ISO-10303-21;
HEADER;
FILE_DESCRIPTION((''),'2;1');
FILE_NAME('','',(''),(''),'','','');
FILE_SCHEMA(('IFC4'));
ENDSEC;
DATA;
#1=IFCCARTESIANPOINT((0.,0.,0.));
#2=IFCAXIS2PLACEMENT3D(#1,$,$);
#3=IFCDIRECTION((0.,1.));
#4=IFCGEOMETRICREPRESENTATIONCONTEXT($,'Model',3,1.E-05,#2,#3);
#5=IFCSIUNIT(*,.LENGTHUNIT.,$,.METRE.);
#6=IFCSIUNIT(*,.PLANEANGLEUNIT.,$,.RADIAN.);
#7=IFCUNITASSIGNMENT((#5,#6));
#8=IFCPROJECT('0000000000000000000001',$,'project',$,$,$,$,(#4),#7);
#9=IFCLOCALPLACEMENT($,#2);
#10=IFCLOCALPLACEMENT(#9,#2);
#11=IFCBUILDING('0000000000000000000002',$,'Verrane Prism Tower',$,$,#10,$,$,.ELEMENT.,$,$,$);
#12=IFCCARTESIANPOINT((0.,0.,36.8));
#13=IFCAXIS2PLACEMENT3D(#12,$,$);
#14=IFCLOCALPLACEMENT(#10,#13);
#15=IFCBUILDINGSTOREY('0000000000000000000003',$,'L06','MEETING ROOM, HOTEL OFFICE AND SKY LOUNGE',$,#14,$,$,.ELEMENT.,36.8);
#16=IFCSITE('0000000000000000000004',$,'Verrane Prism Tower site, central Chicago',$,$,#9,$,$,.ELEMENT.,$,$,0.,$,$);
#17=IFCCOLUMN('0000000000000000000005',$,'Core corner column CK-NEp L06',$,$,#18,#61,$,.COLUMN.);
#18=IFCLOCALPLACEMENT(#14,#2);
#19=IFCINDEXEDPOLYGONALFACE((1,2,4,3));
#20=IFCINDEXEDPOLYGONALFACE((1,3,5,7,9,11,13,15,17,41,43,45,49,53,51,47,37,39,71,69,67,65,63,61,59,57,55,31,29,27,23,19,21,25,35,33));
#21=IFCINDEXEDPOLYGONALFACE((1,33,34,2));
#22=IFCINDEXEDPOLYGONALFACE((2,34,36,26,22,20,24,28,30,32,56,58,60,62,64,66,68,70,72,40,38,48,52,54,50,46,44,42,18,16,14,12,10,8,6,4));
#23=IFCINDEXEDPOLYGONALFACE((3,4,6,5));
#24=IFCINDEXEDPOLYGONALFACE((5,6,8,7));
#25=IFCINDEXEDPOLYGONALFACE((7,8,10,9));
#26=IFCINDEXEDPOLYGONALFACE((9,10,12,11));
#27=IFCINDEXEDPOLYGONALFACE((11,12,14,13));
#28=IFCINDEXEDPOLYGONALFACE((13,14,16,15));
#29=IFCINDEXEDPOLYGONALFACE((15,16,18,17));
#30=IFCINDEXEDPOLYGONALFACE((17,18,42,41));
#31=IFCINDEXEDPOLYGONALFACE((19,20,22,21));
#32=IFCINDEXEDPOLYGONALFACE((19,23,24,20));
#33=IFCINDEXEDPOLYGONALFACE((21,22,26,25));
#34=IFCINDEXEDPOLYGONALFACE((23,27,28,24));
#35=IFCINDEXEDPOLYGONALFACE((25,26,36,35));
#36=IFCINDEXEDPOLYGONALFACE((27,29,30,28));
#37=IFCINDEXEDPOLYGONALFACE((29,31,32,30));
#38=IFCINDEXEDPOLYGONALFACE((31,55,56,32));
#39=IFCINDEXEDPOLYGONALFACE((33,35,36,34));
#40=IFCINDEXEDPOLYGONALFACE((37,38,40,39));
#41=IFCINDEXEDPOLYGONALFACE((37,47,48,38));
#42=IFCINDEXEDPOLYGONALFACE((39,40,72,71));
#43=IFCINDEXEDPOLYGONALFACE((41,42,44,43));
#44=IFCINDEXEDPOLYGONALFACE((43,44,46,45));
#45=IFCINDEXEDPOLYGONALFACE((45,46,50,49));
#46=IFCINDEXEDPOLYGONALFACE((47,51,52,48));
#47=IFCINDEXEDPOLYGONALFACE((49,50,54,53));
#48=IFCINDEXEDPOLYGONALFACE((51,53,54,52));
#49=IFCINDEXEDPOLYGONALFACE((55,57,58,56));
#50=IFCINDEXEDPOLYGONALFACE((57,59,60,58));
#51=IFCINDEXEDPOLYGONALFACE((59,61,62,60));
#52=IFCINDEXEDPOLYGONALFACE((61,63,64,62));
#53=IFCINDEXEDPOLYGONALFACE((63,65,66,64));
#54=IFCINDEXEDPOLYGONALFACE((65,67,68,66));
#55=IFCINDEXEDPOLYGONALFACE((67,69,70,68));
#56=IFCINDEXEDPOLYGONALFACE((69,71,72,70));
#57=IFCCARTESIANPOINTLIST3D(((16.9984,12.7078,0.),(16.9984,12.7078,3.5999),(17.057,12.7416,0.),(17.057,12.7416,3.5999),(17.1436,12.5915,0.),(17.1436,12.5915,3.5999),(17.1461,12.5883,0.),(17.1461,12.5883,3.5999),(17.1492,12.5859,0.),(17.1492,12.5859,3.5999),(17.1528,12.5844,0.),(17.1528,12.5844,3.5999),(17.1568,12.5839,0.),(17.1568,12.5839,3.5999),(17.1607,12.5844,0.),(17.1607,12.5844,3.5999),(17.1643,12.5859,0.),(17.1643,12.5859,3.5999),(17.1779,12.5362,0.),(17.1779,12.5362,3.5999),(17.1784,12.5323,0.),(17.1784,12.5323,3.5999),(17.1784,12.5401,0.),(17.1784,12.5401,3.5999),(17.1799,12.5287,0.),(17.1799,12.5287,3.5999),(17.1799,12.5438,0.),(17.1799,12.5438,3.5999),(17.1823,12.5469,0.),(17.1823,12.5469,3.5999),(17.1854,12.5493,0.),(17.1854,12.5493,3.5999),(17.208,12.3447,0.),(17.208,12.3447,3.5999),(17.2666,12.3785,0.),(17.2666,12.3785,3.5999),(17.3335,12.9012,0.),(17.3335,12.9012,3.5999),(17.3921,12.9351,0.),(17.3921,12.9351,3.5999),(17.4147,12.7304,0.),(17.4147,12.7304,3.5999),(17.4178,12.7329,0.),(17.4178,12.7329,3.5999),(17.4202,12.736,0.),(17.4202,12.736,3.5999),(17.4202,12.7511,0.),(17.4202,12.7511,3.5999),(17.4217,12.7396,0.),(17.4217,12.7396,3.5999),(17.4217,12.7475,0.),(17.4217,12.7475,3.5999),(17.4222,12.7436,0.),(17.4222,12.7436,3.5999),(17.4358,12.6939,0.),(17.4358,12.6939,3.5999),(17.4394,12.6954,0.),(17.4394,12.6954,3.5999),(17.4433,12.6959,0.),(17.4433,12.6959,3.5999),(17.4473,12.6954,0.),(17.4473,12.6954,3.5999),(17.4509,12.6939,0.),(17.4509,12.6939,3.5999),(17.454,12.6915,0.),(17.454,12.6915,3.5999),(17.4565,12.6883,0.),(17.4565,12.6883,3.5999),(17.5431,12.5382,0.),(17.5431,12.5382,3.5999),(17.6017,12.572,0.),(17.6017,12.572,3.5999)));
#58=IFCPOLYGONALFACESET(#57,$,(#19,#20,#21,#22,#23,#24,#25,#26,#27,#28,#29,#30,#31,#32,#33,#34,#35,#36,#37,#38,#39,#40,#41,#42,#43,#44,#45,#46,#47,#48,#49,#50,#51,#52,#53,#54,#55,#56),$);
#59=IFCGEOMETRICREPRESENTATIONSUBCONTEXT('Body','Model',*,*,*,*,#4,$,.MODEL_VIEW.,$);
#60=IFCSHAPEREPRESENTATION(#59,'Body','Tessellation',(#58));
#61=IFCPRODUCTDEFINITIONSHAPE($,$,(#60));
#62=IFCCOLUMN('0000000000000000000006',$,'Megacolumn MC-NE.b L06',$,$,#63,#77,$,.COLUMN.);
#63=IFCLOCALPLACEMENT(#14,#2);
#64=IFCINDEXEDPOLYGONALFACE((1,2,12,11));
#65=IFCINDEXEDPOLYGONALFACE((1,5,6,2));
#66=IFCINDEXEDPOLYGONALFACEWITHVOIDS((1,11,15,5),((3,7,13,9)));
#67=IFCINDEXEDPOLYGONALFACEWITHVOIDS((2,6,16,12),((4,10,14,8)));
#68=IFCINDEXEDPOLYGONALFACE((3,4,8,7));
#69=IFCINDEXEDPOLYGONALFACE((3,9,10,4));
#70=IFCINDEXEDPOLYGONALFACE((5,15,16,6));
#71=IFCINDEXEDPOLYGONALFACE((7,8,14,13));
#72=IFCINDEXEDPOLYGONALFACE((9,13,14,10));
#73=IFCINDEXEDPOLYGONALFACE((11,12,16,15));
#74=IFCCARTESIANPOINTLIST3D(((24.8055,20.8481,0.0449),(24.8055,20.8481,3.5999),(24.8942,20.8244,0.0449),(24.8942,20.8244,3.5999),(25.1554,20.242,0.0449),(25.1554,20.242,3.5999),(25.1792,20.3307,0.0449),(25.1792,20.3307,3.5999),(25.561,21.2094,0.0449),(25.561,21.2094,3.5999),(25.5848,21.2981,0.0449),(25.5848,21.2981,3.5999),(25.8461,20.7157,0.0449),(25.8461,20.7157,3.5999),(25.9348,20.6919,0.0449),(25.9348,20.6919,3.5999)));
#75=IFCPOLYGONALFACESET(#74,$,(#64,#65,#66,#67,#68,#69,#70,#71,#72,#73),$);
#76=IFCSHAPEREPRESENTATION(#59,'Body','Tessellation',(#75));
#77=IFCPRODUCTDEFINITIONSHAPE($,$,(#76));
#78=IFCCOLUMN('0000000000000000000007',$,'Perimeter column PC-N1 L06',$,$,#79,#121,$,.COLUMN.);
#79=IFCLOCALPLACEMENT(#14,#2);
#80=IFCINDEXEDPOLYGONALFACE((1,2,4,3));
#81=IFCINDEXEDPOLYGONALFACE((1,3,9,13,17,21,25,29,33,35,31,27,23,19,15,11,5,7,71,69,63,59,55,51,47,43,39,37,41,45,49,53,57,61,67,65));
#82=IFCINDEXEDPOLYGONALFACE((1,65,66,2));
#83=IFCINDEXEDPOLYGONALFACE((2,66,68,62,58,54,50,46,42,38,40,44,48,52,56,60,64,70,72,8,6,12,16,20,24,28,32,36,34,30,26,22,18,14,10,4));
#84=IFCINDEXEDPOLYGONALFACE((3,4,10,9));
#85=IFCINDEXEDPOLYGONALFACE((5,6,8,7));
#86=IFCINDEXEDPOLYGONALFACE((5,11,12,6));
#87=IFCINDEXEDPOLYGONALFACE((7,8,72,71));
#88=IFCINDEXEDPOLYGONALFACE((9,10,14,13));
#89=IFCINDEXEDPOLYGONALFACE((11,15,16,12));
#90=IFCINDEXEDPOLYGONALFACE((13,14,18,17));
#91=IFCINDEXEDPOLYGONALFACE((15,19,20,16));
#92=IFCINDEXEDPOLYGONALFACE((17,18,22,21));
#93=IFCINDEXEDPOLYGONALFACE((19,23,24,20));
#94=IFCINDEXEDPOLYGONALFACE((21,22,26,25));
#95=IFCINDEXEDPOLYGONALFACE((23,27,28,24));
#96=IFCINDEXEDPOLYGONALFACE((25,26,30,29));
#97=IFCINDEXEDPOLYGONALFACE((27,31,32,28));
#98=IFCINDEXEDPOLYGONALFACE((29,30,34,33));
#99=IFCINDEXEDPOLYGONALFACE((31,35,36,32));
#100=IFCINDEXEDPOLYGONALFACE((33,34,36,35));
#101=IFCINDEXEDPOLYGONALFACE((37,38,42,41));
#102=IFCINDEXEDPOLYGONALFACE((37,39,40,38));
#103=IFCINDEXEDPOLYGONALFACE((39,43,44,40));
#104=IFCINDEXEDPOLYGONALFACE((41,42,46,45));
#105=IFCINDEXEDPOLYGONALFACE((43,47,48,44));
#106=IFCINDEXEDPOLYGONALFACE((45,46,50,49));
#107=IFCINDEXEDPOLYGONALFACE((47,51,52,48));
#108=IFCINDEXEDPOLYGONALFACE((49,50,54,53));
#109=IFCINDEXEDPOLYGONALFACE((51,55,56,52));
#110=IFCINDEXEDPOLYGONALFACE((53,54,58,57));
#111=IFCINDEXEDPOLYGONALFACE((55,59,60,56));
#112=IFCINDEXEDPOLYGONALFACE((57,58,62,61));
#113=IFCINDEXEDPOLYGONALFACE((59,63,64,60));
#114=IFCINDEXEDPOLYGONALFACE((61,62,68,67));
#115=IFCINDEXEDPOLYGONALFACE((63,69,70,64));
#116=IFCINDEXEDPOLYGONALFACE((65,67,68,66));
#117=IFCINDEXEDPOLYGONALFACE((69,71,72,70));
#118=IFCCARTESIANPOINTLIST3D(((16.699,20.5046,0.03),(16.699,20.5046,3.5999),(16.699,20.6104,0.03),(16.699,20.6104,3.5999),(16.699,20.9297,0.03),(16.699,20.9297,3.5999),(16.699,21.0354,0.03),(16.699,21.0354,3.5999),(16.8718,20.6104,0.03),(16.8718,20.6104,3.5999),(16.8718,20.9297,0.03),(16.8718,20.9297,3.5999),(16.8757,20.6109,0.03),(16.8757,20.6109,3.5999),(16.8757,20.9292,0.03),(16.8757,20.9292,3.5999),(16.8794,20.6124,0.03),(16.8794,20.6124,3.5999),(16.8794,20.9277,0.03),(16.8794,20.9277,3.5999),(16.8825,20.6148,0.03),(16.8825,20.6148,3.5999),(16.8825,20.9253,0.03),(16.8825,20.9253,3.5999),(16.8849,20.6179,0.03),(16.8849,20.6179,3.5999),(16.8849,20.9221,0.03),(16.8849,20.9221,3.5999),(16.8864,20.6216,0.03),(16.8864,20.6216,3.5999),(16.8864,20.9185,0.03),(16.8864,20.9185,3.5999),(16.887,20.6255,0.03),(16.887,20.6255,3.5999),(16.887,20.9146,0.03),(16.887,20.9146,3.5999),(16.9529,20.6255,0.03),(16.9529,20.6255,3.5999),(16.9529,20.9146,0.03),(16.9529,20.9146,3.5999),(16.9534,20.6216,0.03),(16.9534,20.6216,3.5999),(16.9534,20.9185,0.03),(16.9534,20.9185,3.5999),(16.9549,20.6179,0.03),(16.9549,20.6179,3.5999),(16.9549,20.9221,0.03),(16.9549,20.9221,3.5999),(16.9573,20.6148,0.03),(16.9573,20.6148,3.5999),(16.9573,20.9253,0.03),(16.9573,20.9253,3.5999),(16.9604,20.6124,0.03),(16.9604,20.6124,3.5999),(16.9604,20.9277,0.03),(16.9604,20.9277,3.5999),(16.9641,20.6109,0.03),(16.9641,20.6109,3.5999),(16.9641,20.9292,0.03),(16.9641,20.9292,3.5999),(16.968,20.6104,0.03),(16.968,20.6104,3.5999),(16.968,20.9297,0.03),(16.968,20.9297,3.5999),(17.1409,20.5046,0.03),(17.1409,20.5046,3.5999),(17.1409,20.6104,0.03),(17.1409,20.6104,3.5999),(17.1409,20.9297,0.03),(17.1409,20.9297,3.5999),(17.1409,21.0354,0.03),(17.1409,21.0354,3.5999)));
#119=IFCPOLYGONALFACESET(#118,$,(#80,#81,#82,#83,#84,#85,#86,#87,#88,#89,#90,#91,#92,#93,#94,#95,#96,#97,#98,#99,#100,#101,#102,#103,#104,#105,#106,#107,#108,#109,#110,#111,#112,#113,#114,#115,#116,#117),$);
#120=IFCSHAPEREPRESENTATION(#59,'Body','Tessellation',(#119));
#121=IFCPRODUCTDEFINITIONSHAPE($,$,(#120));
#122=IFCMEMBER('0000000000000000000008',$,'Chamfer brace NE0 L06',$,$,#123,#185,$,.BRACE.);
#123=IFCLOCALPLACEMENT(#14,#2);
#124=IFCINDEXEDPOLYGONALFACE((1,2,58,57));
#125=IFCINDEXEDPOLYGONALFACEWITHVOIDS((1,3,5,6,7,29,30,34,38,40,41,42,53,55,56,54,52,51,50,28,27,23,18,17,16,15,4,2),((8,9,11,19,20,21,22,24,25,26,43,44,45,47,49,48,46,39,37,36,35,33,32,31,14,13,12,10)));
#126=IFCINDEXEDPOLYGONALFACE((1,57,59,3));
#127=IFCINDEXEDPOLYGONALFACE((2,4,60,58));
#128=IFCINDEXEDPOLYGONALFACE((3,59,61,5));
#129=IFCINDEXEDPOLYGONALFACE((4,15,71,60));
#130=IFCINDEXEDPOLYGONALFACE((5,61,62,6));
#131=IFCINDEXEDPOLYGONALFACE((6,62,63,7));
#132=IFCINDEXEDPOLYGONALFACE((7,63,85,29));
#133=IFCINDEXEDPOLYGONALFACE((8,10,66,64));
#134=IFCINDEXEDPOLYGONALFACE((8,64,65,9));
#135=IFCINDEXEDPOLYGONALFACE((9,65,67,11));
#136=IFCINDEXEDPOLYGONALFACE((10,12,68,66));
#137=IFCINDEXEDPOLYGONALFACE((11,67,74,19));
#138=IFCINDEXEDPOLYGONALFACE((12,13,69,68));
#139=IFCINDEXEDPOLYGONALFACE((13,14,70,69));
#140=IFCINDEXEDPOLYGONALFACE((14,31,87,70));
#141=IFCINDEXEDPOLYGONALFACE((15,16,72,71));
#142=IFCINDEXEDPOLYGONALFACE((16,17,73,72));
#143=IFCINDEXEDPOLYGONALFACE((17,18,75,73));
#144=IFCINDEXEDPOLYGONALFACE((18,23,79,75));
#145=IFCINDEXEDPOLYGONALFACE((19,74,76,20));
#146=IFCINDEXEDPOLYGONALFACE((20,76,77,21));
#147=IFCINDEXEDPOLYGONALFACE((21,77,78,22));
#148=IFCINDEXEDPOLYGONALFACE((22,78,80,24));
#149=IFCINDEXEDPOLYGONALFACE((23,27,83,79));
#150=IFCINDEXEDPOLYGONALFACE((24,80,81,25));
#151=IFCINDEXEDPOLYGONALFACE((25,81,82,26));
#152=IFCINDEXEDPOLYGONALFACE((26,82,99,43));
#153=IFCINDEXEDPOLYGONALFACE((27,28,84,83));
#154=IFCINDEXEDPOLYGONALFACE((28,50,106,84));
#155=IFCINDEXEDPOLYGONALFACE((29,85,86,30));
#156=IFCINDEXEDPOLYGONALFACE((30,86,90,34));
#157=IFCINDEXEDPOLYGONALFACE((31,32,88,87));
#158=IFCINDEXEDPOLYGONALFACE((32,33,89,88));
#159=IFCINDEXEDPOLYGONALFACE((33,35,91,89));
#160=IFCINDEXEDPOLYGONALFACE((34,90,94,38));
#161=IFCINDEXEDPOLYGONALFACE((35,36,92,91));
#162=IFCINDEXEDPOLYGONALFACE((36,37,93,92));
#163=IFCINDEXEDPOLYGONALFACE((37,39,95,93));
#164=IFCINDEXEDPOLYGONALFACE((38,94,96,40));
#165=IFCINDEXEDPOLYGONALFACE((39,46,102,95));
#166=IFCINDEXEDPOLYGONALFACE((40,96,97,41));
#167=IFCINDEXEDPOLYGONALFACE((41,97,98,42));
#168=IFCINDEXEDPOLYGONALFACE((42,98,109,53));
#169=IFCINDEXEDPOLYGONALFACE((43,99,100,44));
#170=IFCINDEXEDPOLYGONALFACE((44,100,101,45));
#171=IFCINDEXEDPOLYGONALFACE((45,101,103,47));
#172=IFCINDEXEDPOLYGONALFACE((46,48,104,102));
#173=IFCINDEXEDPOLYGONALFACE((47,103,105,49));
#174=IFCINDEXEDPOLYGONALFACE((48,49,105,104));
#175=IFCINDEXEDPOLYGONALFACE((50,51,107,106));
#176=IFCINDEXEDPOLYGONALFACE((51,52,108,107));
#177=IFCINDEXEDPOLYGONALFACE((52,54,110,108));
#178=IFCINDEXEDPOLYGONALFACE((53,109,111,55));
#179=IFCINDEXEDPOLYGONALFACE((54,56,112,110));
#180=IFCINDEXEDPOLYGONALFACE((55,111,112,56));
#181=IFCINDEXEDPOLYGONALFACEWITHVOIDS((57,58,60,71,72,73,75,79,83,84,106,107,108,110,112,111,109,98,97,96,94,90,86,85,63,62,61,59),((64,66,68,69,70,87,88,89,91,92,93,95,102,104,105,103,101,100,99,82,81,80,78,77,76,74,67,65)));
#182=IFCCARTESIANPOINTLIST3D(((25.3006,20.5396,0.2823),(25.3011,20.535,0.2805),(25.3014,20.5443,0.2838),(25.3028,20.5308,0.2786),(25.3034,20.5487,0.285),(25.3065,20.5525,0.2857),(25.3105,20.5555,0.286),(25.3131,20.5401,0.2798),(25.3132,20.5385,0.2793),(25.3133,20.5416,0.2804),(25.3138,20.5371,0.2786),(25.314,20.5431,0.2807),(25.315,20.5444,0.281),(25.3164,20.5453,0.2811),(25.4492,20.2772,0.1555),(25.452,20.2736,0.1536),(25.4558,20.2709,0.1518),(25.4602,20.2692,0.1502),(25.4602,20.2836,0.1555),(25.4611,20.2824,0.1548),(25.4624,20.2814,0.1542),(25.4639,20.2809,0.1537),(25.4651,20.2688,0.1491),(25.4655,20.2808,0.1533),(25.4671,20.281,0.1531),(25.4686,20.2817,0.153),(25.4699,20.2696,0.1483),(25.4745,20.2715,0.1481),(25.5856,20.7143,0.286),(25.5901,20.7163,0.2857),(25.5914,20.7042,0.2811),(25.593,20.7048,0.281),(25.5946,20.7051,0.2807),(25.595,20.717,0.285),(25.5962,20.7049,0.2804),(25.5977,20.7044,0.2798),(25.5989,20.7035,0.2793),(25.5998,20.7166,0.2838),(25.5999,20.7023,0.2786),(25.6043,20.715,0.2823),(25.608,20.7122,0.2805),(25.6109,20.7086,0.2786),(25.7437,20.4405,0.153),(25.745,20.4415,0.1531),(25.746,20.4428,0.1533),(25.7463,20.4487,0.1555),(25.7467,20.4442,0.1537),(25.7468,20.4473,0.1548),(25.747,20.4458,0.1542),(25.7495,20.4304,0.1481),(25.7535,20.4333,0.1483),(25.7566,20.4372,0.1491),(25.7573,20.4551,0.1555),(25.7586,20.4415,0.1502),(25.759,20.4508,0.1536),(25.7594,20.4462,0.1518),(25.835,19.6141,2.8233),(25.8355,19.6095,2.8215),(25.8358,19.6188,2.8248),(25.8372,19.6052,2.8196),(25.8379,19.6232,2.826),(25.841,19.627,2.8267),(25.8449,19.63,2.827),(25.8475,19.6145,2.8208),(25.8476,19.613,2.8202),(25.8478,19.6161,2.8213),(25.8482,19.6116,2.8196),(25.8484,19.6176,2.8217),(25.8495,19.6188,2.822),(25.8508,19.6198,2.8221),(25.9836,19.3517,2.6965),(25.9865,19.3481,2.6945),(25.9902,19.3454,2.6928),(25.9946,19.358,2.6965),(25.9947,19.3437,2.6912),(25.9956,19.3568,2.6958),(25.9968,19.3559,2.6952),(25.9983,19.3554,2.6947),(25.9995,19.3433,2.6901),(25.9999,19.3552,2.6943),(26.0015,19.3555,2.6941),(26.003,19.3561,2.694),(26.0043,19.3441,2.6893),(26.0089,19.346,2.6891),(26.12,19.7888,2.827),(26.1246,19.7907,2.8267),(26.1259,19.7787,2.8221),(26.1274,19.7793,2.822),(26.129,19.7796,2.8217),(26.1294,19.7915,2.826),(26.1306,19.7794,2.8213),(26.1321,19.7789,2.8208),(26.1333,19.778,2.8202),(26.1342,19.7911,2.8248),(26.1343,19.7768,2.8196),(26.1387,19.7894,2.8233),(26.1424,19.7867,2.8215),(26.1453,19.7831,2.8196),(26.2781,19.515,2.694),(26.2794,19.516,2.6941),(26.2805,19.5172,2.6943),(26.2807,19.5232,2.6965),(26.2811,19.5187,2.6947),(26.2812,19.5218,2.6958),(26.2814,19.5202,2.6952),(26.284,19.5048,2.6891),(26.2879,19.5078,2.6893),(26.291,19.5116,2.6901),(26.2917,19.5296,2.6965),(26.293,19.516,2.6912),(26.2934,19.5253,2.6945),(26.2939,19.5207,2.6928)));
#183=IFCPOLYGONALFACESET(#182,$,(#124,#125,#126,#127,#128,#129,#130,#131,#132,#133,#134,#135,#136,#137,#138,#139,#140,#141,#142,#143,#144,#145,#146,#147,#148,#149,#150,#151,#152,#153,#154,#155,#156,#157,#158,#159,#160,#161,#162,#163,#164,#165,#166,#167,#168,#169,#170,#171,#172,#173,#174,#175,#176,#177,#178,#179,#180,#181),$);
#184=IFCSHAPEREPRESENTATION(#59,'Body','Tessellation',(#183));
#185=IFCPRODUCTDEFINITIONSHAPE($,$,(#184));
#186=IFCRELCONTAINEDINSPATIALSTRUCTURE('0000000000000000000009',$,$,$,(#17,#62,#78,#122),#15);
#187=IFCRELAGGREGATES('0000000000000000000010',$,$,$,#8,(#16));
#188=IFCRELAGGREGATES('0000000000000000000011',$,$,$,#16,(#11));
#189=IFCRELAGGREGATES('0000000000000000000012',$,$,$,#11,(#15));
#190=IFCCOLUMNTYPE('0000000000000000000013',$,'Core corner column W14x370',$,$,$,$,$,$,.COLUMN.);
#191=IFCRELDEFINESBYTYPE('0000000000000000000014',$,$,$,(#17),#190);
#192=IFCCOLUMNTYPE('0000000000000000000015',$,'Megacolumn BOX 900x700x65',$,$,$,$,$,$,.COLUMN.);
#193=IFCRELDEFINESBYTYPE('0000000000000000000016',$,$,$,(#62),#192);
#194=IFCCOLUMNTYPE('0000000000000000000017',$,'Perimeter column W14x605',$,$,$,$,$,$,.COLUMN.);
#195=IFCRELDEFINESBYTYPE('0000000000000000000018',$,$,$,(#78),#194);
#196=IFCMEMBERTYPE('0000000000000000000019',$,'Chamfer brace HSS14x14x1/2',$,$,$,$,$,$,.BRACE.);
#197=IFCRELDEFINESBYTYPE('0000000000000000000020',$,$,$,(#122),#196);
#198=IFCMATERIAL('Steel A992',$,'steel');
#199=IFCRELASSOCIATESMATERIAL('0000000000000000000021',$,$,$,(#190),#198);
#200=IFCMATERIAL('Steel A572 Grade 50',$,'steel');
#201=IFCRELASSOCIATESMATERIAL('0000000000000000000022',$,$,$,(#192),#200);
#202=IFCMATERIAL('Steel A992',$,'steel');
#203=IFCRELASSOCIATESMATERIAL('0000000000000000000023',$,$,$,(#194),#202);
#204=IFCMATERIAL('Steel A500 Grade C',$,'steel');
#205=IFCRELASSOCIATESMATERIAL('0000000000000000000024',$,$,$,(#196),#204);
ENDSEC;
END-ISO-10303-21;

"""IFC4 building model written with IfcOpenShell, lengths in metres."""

from ifc_helpers import new_model, si_unit, direction, frame, origin, origin_2d, place, context, subcontext, project, spatial, hollow_rectangle, i_section, extrude, material, material_profile, profile_set, type_object, element, save


model = new_model("IFC4")

# Units and contexts
model_context = context("Model", 3, precision=1e-05, world=origin(), true_north=direction((0.0, 1.0)))
body_context = subcontext(model_context, "Body", "Model", "MODEL_VIEW")
ifc_project = project(units=[si_unit("LENGTHUNIT", "METRE"), si_unit("PLANEANGLEUNIT", "RADIAN")], contexts=[model_context])

# Site, building, storey
site_placement = place(None, origin())
site = spatial("IfcSite", under=ifc_project, at=site_placement, Name="Verrane Prism Tower site, central Chicago", CompositionType="ELEMENT", RefElevation=0.0)
building_placement = place(site_placement, origin())
building = spatial("IfcBuilding", under=site, at=building_placement, Name="Verrane Prism Tower", CompositionType="ELEMENT")
storey_placement = place(building_placement, frame((0.0, 0.0, 36.8)))
storey = spatial("IfcBuildingStorey", under=building, at=storey_placement, Name="L06", Description="MEETING ROOM, HOTEL OFFICE AND SKY LOUNGE", CompositionType="ELEMENT", Elevation=36.8)

# Columns
ifc_material_1 = material(Name="Steel A992", Category="steel")
ifc_material_profile_1 = material_profile(ifc_material_1, i_section(OverallWidth=0.4192, OverallDepth=0.4546, WebThickness=0.0422, FlangeThickness=0.0676, FilletRadius=0.0151, at=origin_2d()), Name="W14x370")
ifc_profile_set_1 = profile_set([ifc_material_profile_1], Name="Steel A992")
column_type_1 = type_object("IfcColumnType", Name="Core corner column W14x370", PredefinedType="COLUMN", material=ifc_profile_set_1)
column_1_placement = place(storey_placement, frame((17.3, 12.6399, 0.0), z_axis=(0.0, 0.0, 1.0), x_axis=(0.5, -0.866025, 0.0)))
element("IfcColumn", 1, at=column_1_placement, inside=storey, type_object=column_type_1, Name="Core corner column CK-NEp L06", PredefinedType="COLUMN", context=body_context, shape_type="SweptSolid", body=[
    extrude(i_section(OverallWidth=0.4192, OverallDepth=0.4546, WebThickness=0.0422, FlangeThickness=0.0676, FilletRadius=0.0151, at=origin_2d()), origin(), (0.0, 0.0, 1.0), 3.5999),
])
ifc_material_2 = material(Name="Steel A572 Grade 50", Category="steel")
ifc_material_profile_2 = material_profile(ifc_material_2, hollow_rectangle(XDim=0.7, YDim=0.8999, WallThickness=0.0649, at=origin_2d()), Name="BOX 900x700x65")
ifc_profile_set_2 = profile_set([ifc_material_profile_2], Name="Steel A572 Grade 50")
column_type_2 = type_object("IfcColumnType", Name="Megacolumn BOX 900x700x65", PredefinedType="COLUMN", material=ifc_profile_set_2)
column_2_placement = place(storey_placement, frame((25.3701, 20.77, 0.0449), z_axis=(0.0, 0.0, 1.0), x_axis=(0.5, -0.866025, 0.0)))
element("IfcColumn", 2, at=column_2_placement, inside=storey, type_object=column_type_2, Name="Megacolumn MC-NE.b L06", PredefinedType="COLUMN", context=body_context, shape_type="SweptSolid", body=[
    extrude(hollow_rectangle(XDim=0.7, YDim=0.8999, WallThickness=0.0649, at=origin_2d()), origin(), (0.0, 0.0, 1.0), 3.5549),
])
ifc_material_3 = material(Name="Steel A992", Category="steel")
ifc_material_profile_3 = material_profile(ifc_material_3, i_section(OverallWidth=0.4419, OverallDepth=0.5308, WebThickness=0.0659, FlangeThickness=0.1057, FilletRadius=0.0151, at=origin_2d()), Name="W14x605")
ifc_profile_set_3 = profile_set([ifc_material_profile_3], Name="Steel A992")
column_type_3 = type_object("IfcColumnType", Name="Perimeter column W14x605", PredefinedType="COLUMN", material=ifc_profile_set_3)
column_3_placement = place(storey_placement, frame((16.9199, 20.77, 0.03), z_axis=(0.0, 0.0, 1.0), x_axis=(1.0, 0.0, 0.0)))
element("IfcColumn", 3, at=column_3_placement, inside=storey, type_object=column_type_3, Name="Perimeter column PC-N1 L06", PredefinedType="COLUMN", context=body_context, shape_type="SweptSolid", body=[
    extrude(i_section(OverallWidth=0.4419, OverallDepth=0.5308, WebThickness=0.0659, FlangeThickness=0.1057, FilletRadius=0.0151, at=origin_2d()), origin(), (0.0, 0.0, 1.0), 3.5698),
])

# Member
ifc_material_4 = material(Name="Steel A500 Grade C", Category="steel")
ifc_material_profile_4 = material_profile(ifc_material_4, hollow_rectangle(XDim=0.3557, YDim=0.3557, WallThickness=0.0127, InnerFilletRadius=0.0063, OuterFilletRadius=0.019, at=origin_2d()), Name="HSS14x14x1/2")
ifc_profile_set_4 = profile_set([ifc_material_profile_4], Name="Steel A500 Grade C")
member_type_1 = type_object("IfcMemberType", Name="Chamfer brace HSS14x14x1/2", PredefinedType="BRACE", material=ifc_profile_set_4)
member_1_placement = place(storey_placement, frame((25.53, 20.4929, 0.217), z_axis=(0.193869, -0.33575, 0.921785), x_axis=(0.865999, 0.500045, 0.0)))
element("IfcMember", 4, at=member_1_placement, inside=storey, type_object=member_type_1, Name="Chamfer brace NE0 L06", PredefinedType="BRACE", context=body_context, shape_type="SweptSolid", body=[
    extrude(hollow_rectangle(XDim=0.3557, YDim=0.3557, WallThickness=0.0127, InnerFilletRadius=0.0063, OuterFilletRadius=0.019, at=origin_2d()), origin(), (0.0, 0.0, 1.0), 2.7566),
])

save(model, "model.ifc")
